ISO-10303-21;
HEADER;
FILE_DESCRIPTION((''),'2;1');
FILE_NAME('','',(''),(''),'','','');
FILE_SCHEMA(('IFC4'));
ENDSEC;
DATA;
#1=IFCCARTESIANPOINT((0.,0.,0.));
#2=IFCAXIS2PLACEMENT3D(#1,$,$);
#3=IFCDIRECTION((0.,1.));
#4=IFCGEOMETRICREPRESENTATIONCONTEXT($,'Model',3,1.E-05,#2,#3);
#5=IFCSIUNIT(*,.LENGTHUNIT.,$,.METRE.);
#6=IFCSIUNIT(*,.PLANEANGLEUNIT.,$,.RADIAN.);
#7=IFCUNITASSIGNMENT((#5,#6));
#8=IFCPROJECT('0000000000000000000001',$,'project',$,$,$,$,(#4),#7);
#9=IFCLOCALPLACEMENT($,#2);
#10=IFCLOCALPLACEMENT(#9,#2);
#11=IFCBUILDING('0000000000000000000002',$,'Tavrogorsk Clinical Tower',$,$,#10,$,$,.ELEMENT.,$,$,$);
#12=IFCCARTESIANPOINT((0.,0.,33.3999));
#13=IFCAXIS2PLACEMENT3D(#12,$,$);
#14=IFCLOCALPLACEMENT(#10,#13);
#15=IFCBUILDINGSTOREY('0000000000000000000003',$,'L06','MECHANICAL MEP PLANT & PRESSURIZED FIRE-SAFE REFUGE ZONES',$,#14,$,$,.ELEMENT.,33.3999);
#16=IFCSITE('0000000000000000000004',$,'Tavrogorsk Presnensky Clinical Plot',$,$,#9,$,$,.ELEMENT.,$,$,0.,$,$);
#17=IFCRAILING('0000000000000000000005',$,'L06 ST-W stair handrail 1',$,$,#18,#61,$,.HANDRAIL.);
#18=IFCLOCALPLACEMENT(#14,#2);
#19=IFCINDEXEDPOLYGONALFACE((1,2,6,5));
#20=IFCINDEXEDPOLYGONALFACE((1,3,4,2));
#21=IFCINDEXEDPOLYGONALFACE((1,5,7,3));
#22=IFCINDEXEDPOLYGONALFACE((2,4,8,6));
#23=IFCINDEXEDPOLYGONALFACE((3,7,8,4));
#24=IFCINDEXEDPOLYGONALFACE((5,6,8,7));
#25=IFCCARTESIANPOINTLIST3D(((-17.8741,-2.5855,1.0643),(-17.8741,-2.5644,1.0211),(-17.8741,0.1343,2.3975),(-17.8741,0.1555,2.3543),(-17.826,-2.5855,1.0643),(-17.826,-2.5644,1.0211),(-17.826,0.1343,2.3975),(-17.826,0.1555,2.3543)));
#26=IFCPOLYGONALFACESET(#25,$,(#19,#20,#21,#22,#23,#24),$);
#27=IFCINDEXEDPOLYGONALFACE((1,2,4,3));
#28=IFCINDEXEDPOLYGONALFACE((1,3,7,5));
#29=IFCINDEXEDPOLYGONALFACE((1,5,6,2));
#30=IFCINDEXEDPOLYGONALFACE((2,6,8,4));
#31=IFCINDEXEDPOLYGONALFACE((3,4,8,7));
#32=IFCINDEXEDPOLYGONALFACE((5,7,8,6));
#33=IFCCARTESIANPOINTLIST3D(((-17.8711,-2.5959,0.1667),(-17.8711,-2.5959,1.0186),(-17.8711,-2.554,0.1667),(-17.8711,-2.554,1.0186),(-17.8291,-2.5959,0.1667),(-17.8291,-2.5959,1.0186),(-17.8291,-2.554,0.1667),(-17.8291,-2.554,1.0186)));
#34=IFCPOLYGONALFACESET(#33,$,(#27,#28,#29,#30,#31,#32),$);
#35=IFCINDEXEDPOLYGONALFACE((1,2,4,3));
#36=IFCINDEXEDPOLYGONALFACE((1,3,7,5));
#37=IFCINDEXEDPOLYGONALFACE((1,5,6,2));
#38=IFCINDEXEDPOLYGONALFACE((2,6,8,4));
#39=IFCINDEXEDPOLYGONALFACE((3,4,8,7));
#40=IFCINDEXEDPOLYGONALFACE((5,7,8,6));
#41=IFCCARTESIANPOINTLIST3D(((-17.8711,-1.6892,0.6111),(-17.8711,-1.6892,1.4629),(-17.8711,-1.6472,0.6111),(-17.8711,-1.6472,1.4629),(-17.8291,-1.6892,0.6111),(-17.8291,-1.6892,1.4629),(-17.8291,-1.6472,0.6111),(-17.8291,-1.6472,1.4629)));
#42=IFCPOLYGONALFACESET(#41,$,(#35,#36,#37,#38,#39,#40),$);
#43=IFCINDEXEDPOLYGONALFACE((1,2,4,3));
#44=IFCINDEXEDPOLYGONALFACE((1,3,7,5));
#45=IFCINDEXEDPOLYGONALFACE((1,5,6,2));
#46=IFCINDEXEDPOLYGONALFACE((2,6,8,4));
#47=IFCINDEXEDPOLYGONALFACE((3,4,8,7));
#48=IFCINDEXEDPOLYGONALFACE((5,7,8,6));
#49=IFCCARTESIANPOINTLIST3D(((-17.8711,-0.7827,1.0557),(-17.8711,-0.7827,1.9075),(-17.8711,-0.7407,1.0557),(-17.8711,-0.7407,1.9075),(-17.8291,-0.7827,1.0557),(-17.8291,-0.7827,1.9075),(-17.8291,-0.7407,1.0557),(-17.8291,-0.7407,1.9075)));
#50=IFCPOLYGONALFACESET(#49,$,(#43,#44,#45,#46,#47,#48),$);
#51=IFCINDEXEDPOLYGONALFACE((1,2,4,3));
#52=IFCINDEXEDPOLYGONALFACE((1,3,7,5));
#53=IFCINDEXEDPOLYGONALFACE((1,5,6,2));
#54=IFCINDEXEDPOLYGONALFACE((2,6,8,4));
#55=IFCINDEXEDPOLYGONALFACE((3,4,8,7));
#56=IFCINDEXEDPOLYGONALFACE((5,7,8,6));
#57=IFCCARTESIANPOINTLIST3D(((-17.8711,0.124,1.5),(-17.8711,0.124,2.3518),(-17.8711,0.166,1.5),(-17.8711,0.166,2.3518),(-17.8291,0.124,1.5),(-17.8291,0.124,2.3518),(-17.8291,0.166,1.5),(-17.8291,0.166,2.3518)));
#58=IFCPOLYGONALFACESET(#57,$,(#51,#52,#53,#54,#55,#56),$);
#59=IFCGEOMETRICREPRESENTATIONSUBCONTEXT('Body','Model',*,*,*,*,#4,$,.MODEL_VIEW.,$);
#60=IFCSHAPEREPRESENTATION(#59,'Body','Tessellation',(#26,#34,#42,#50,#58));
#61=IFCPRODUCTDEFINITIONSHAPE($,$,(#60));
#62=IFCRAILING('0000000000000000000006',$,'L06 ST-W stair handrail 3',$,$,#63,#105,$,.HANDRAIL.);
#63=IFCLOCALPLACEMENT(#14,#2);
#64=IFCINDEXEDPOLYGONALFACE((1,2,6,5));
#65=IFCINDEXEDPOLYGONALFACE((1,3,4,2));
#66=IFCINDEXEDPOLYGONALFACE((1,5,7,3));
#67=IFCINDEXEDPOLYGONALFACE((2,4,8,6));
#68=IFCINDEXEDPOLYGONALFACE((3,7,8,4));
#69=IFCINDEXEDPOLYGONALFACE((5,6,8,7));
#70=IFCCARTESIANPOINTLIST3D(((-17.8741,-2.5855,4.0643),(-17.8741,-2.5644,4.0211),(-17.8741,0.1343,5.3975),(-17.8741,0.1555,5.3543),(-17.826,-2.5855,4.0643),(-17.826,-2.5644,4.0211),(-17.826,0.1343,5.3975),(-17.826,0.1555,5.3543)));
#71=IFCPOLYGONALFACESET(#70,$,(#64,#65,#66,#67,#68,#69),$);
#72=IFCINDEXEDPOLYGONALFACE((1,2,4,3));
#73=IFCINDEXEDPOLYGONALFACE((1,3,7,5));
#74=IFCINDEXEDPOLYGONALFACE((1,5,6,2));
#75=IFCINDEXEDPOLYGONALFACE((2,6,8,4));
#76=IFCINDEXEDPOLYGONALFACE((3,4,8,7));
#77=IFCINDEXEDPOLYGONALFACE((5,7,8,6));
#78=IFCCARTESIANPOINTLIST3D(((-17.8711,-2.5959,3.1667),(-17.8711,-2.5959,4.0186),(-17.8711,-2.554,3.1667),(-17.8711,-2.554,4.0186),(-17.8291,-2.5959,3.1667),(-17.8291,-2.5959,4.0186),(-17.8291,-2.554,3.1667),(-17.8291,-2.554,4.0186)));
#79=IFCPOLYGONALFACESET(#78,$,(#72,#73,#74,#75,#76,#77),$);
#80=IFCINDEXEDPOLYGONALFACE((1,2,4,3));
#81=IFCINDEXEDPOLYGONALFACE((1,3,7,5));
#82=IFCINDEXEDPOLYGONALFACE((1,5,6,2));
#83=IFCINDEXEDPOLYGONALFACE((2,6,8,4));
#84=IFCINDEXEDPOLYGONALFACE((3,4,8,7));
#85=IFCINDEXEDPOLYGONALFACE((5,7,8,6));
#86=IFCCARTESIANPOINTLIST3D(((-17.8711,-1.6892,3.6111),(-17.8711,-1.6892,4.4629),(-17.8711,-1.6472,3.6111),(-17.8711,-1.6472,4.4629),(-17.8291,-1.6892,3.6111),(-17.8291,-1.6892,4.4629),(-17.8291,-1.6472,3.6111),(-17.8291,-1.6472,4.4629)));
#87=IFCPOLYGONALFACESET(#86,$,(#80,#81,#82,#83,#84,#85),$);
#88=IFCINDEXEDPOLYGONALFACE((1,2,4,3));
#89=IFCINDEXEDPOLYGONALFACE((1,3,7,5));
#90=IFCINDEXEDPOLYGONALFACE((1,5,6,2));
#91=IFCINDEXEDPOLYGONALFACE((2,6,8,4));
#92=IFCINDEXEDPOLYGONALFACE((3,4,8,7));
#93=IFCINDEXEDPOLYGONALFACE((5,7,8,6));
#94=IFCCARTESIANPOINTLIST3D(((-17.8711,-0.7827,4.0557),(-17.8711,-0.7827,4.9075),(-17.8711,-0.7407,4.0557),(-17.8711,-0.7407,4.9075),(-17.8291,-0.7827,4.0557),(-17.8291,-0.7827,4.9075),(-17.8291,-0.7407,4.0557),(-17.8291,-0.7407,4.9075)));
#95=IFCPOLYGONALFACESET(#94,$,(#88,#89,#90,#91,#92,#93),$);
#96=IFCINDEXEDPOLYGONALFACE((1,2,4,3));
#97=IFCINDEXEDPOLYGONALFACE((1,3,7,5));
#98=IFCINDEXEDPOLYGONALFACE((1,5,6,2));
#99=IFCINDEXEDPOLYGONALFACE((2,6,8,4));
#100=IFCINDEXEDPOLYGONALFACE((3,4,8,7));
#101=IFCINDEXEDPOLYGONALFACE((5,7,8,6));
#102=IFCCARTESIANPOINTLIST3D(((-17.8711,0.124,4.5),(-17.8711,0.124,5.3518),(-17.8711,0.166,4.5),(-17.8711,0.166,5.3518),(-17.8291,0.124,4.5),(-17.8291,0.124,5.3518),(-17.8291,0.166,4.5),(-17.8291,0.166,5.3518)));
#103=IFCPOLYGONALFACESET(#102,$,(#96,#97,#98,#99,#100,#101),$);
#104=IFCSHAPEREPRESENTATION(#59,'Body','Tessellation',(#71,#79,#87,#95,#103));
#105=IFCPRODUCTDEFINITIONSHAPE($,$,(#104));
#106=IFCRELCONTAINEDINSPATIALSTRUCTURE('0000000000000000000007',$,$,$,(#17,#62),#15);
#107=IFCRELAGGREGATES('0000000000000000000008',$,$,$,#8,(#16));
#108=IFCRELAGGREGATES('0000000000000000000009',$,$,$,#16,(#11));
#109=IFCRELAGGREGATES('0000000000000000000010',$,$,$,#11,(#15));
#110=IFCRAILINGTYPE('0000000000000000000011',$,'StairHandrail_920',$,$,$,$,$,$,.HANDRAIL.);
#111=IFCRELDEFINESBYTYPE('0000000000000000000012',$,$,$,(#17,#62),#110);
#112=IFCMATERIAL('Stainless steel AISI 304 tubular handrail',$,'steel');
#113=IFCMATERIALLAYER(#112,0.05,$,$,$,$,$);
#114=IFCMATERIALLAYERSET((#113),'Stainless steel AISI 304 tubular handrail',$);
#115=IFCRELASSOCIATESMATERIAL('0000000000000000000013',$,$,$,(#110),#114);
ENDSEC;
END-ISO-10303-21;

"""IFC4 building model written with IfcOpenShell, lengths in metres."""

from ifc_helpers import new_model, si_unit, direction, frame, origin, origin_2d, place, context, subcontext, project, spatial, rectangle, extrude, material, layer, layer_set, type_object, element, save


model = new_model("IFC4")

# Units and contexts
model_context = context("Model", 3, precision=1e-05, world=origin(), true_north=direction((0.0, 1.0)))
body_context = subcontext(model_context, "Body", "Model", "MODEL_VIEW")
ifc_project = project(units=[si_unit("LENGTHUNIT", "METRE"), si_unit("PLANEANGLEUNIT", "RADIAN")], contexts=[model_context])

# Site, building, storey
site_placement = place(None, origin())
site = spatial("IfcSite", under=ifc_project, at=site_placement, Name="Tavrogorsk Presnensky Clinical Plot", CompositionType="ELEMENT", RefElevation=0.0)
building_placement = place(site_placement, origin())
building = spatial("IfcBuilding", under=site, at=building_placement, Name="Tavrogorsk Clinical Tower", CompositionType="ELEMENT")
storey_placement = place(building_placement, frame((0.0, 0.0, 33.3999)))
storey = spatial("IfcBuildingStorey", under=building, at=storey_placement, Name="L06", Description="MECHANICAL MEP PLANT & PRESSURIZED FIRE-SAFE REFUGE ZONES", CompositionType="ELEMENT", Elevation=33.3999)

# Railings
ifc_material_1 = material(Name="Stainless steel AISI 304 tubular handrail", Category="steel")
ifc_layer_1 = layer(ifc_material_1, 0.05)
ifc_layer_set_1 = layer_set([ifc_layer_1], Name="Stainless steel AISI 304 tubular handrail")
railing_type_1 = type_object("IfcRailingType", Name="StairHandrail_920", PredefinedType="HANDRAIL", material=ifc_layer_set_1)
for number, where, name in (
    (1, (-17.8501, -2.575, 0.1667), "L06 ST-W stair handrail 1"),
    (2, (-17.8501, -2.575, 3.1667), "L06 ST-W stair handrail 3"),
):
    element("IfcRailing", number, at=place(storey_placement, frame(where)), inside=storey, type_object=railing_type_1, Name=name, PredefinedType="HANDRAIL", context=body_context, shape_type="SweptSolid", body=[
        extrude(rectangle(XDim=0.0481, YDim=0.0481, at=origin_2d()), frame((0.0, 0.0, 0.876), z_axis=(0.0, 0.897929, 0.440139), x_axis=(-1.0, 0.0, 0.0)), (0.0, 0.0, 1.0), 3.0291),
        extrude(rectangle(XDim=0.042, YDim=0.042, at=origin_2d()), origin(), (0.0, 0.0, 1.0), 0.8518),
        extrude(rectangle(XDim=0.042, YDim=0.042, at=origin_2d()), frame((0.0, 0.9067, 0.4443)), (0.0, 0.0, 1.0), 0.8518),
        extrude(rectangle(XDim=0.042, YDim=0.042, at=origin_2d()), frame((0.0, 1.8132, 0.8889)), (0.0, 0.0, 1.0), 0.8518),
        extrude(rectangle(XDim=0.042, YDim=0.042, at=origin_2d()), frame((0.0, 2.72, 1.3333)), (0.0, 0.0, 1.0), 0.8518),
    ])

save(model, "model.ifc")
